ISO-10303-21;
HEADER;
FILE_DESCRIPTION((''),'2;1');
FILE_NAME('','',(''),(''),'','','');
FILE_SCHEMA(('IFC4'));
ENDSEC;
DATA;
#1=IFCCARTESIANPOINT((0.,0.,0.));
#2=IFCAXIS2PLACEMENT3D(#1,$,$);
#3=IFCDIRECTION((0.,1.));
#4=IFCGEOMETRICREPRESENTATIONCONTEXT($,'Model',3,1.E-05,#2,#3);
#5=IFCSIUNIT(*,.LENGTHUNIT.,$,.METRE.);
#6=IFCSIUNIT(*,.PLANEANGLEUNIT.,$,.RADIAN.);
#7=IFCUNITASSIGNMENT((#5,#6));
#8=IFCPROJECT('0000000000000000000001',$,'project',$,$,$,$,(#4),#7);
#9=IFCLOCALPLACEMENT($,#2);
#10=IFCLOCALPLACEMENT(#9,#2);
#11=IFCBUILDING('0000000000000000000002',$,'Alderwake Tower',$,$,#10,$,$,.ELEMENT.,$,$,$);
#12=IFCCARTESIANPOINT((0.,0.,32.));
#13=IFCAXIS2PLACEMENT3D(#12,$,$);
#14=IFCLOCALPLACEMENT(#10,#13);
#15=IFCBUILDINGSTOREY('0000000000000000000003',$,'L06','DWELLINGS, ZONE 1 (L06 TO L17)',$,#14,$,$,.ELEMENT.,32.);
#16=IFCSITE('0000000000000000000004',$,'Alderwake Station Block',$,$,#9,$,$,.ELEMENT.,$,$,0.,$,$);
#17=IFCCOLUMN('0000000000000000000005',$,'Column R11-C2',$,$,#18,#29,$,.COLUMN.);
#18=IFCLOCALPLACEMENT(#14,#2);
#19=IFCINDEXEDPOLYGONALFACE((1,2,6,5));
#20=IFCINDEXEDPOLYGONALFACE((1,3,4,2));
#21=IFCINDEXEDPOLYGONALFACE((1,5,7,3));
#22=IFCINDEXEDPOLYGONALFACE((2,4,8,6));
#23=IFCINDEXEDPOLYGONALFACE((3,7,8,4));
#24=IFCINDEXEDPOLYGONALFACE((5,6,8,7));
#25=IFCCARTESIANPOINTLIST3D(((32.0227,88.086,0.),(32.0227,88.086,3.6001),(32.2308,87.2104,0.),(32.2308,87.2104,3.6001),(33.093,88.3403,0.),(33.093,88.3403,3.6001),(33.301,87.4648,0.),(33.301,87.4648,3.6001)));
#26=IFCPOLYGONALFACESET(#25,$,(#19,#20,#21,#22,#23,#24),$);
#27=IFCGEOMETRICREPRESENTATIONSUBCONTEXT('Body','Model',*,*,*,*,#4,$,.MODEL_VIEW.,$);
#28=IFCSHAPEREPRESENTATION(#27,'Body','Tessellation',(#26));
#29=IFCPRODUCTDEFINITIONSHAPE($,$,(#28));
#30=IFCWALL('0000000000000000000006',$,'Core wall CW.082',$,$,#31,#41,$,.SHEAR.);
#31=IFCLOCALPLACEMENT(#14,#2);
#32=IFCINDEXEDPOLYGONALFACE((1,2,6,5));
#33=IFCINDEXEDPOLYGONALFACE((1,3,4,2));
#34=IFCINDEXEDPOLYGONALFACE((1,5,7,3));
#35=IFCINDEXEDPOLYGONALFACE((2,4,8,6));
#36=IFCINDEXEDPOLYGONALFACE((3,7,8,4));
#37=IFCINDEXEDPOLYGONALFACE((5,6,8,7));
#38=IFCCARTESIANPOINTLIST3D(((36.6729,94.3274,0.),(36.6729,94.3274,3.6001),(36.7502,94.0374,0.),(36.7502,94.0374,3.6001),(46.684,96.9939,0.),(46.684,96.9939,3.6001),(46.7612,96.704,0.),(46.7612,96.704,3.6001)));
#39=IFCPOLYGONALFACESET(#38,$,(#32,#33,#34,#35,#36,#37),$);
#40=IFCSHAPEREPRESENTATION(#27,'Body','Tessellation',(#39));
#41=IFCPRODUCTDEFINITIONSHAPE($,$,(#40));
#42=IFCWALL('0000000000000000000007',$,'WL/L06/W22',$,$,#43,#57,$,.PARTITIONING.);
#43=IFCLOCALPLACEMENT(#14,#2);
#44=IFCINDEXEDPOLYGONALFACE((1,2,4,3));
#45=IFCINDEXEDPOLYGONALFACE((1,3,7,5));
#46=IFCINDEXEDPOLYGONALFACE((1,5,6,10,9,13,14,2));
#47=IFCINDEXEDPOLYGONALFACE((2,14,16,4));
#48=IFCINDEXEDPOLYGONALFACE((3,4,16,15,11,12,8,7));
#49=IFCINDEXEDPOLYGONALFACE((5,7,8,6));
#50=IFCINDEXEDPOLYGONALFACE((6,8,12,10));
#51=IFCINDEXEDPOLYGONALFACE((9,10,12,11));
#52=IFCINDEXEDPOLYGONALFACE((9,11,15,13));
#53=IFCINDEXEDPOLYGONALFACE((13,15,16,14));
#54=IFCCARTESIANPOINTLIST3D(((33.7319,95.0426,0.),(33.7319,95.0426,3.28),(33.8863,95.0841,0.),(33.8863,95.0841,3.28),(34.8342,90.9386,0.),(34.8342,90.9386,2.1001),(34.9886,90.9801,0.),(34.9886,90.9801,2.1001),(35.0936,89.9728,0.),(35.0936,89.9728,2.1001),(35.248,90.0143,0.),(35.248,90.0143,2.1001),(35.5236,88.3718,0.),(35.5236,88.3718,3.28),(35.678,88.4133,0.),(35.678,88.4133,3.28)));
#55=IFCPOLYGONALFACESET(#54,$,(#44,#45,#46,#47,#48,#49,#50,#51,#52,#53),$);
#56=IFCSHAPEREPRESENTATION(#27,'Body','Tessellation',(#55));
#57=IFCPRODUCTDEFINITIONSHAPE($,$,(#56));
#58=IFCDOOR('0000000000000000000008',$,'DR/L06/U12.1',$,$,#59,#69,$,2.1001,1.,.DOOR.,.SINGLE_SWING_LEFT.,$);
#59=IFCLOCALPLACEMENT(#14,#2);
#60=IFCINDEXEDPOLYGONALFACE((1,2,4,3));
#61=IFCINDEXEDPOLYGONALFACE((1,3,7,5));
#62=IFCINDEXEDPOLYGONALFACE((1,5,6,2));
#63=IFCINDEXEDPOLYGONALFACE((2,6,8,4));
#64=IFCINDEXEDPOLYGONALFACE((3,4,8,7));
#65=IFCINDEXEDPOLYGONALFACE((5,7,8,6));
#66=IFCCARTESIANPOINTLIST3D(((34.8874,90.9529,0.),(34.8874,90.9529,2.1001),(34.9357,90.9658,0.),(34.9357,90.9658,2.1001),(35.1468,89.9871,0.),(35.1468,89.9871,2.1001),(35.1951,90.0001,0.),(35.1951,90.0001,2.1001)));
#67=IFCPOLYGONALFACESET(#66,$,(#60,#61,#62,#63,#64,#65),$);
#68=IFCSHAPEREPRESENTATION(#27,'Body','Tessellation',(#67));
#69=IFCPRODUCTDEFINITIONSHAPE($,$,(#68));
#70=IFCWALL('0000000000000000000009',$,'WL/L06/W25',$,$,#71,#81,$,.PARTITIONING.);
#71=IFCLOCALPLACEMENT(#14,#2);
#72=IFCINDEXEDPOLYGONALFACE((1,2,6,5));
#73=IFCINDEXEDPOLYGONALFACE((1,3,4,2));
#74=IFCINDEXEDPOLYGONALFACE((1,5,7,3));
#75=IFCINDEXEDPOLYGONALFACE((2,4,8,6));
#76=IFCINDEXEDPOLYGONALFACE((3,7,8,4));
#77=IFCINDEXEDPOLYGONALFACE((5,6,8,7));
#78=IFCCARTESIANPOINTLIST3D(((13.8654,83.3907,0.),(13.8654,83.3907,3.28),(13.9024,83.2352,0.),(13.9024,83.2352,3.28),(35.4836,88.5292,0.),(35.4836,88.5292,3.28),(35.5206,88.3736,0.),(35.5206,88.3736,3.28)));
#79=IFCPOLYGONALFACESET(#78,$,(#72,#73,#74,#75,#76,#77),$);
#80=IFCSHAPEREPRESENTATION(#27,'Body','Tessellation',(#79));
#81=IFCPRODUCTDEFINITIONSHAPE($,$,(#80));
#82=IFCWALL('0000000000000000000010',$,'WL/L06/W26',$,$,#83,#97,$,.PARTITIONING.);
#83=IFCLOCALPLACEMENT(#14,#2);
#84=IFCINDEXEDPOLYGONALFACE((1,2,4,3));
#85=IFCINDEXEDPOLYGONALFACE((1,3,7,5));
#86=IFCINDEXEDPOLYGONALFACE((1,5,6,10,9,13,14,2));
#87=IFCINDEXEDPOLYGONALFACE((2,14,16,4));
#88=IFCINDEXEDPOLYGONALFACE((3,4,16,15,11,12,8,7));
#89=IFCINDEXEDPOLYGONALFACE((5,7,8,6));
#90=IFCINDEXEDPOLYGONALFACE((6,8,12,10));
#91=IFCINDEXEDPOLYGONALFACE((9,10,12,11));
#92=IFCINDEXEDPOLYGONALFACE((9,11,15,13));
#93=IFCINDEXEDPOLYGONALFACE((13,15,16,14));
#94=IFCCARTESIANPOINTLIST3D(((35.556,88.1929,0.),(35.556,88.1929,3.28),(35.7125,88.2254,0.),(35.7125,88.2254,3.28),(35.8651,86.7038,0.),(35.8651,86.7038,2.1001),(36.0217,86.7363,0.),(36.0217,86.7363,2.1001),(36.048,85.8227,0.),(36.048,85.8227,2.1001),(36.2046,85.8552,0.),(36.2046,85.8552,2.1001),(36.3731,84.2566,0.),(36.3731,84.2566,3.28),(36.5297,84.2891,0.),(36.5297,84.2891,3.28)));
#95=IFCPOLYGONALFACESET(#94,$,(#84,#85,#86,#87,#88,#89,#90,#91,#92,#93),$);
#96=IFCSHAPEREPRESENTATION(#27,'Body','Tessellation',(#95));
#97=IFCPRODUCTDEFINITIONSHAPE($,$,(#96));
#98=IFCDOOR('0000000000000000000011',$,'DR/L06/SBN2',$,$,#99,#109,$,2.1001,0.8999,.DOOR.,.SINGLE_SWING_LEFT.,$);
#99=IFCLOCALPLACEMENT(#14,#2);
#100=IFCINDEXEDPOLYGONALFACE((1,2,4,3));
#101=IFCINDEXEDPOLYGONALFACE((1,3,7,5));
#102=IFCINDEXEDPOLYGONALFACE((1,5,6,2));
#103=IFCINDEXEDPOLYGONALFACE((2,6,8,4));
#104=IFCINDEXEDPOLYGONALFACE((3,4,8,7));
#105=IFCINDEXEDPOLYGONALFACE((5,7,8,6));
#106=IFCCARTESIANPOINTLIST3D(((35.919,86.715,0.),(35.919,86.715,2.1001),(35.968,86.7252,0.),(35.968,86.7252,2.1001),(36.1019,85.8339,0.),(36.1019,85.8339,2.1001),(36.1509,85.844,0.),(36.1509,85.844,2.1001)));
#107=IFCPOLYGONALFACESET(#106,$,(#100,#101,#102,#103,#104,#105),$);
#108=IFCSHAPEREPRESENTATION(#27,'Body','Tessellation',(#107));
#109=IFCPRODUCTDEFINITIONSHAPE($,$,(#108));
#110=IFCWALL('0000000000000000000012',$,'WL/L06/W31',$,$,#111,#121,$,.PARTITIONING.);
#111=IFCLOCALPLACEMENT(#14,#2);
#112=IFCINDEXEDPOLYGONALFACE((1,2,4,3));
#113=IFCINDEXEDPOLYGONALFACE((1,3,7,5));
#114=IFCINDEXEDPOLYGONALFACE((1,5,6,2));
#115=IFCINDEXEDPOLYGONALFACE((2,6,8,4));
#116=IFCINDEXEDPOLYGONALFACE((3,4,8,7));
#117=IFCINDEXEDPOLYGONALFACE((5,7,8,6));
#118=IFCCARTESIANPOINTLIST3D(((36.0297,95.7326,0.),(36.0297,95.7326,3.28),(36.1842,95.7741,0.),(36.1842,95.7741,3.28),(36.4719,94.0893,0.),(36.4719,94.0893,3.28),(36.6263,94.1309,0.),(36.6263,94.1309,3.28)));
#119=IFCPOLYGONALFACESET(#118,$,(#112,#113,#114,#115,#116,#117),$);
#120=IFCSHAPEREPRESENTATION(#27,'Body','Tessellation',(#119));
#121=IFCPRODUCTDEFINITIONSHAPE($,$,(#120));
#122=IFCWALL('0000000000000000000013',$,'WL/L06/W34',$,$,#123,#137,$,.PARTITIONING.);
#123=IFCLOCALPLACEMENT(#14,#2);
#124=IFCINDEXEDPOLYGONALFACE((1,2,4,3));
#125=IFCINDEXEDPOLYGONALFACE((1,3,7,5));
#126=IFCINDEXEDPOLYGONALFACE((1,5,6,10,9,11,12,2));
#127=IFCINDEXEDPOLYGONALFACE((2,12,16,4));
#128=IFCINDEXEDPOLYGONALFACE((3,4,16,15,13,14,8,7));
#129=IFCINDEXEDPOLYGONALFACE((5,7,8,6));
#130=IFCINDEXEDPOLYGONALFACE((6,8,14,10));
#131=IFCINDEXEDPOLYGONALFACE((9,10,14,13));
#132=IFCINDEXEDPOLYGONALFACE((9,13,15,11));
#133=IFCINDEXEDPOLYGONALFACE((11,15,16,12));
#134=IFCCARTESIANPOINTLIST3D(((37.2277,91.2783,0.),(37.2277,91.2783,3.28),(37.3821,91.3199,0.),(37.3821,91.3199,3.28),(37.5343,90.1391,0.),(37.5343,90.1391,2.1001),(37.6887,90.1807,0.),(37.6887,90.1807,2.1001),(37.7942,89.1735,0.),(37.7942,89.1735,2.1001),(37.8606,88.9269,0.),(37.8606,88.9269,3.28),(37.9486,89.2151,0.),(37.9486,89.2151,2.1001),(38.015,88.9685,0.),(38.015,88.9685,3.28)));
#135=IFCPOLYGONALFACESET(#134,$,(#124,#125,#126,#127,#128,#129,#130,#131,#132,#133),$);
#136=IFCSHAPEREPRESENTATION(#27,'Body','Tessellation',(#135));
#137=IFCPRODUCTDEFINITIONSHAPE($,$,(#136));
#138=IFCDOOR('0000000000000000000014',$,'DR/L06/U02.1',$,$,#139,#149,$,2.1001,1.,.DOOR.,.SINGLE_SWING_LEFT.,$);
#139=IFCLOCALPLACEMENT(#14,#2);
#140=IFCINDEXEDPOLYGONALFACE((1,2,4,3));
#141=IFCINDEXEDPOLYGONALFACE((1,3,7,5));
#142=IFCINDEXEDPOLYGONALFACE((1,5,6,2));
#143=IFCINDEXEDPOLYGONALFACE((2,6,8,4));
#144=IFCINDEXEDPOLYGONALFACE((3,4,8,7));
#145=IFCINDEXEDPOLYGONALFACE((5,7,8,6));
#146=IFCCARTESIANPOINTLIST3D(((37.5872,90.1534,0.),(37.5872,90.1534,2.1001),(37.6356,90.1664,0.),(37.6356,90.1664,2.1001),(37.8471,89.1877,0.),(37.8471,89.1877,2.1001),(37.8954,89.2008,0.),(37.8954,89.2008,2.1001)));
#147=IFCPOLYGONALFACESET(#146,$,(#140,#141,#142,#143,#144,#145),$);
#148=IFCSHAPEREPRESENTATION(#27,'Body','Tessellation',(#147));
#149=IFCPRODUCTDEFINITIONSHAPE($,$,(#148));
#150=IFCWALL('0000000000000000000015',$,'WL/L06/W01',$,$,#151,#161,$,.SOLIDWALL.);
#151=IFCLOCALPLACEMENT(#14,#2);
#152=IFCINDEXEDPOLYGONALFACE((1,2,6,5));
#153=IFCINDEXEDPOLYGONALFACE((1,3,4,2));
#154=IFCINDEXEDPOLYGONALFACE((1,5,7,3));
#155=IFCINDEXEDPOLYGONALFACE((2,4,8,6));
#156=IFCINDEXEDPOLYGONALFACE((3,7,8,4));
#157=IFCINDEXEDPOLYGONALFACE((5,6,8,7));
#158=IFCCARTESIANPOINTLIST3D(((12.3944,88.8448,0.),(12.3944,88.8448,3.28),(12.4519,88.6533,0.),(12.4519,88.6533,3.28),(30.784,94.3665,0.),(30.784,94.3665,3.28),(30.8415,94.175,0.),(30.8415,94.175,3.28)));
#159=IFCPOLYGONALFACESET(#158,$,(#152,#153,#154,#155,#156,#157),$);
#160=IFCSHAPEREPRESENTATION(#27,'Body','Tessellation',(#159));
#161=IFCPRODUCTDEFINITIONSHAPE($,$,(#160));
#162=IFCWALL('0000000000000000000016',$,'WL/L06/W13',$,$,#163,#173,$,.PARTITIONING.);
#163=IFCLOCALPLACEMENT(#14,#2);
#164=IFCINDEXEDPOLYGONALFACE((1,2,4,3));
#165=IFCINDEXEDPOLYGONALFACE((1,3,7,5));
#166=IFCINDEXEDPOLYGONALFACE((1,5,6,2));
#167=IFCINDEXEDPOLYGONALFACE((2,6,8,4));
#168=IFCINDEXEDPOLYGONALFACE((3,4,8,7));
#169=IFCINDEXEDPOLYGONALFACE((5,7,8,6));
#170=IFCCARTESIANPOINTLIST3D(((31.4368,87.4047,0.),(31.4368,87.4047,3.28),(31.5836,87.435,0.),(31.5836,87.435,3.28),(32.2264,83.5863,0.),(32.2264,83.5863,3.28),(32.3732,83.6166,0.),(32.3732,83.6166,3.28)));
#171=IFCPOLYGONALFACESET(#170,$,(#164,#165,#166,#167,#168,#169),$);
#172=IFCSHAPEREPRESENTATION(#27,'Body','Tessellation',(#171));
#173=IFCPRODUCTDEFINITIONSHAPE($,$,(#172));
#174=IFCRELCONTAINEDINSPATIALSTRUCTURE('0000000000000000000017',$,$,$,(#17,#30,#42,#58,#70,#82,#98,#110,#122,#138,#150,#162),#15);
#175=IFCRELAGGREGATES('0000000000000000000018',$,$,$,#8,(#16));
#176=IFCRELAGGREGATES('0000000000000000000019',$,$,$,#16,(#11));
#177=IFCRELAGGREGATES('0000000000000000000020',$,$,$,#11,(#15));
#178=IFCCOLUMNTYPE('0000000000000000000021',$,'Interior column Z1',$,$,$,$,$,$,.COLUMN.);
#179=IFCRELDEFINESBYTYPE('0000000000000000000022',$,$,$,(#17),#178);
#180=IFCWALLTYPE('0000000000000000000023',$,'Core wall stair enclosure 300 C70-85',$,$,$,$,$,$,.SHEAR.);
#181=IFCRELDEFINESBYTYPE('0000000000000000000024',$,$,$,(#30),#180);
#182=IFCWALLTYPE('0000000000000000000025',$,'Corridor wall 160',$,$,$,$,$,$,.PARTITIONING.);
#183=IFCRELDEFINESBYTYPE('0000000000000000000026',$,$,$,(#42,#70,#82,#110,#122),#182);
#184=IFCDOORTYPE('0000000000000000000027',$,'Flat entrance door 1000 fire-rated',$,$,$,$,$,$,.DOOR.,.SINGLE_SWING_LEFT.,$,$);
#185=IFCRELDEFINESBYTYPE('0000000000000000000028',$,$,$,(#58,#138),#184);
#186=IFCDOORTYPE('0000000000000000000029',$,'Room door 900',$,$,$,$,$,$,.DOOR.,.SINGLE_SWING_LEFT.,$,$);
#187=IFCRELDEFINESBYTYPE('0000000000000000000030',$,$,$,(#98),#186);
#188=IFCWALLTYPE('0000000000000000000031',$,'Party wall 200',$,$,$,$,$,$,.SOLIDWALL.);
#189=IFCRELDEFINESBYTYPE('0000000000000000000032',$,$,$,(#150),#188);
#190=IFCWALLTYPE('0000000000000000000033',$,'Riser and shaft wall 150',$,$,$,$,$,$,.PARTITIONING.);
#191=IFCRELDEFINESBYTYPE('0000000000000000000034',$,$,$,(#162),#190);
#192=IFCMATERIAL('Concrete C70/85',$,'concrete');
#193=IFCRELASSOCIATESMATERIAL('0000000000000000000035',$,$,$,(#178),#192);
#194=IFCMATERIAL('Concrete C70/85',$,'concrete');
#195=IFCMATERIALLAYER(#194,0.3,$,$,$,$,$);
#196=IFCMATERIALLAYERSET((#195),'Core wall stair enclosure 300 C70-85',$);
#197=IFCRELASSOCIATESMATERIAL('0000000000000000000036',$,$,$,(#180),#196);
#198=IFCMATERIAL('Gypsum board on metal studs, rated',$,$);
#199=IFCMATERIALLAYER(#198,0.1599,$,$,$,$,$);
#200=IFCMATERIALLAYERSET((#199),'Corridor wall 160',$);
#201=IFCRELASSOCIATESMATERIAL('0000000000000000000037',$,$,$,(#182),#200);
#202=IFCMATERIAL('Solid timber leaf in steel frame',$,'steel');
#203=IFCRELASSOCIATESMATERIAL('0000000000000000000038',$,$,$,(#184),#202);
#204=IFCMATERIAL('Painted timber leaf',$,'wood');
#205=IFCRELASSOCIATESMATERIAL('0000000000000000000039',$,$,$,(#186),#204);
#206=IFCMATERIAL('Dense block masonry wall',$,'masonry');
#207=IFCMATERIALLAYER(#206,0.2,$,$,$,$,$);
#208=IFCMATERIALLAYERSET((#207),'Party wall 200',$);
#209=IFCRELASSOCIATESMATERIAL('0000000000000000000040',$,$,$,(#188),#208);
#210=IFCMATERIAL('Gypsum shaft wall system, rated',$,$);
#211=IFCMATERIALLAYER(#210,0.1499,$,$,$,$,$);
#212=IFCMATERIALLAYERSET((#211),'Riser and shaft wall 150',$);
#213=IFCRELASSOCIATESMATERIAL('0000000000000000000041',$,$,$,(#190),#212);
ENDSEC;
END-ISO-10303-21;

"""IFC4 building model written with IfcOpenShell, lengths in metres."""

from ifc_helpers import new_model, si_unit, direction, frame, frame_2d, origin, origin_2d, place, context, subcontext, project, spatial, rectangle, extrude, material, layer, layer_set, material_profile, profile_set, type_object, element, fill, save


model = new_model("IFC4")

# Units and contexts
model_context = context("Model", 3, precision=1e-05, world=origin(), true_north=direction((0.0, 1.0)))
body_context = subcontext(model_context, "Body", "Model", "MODEL_VIEW")
ifc_project = project(units=[si_unit("LENGTHUNIT", "METRE"), si_unit("PLANEANGLEUNIT", "RADIAN")], contexts=[model_context])

# Site, building, storey
site_placement = place(None, origin())
site = spatial("IfcSite", under=ifc_project, at=site_placement, Name="Alderwake Station Block", CompositionType="ELEMENT", RefElevation=0.0)
building_placement = place(site_placement, origin())
building = spatial("IfcBuilding", under=site, at=building_placement, Name="Alderwake Tower", CompositionType="ELEMENT")
storey_placement = place(building_placement, frame((0.0, 0.0, 32.0)))
storey = spatial("IfcBuildingStorey", under=building, at=storey_placement, Name="L06", Description="DWELLINGS, ZONE 1 (L06 TO L17)", CompositionType="ELEMENT", Elevation=32.0)

# Column
ifc_material_1 = material(Name="Concrete C70/85", Category="concrete")
ifc_material_profile = material_profile(ifc_material_1, rectangle(XDim=0.8999, YDim=1.1001, at=origin_2d()), Name="RC 1100X900")
ifc_profile_set = profile_set([ifc_material_profile], Name="Concrete C70/85")
column_type = type_object("IfcColumnType", Name="Interior column Z1", PredefinedType="COLUMN", material=ifc_profile_set)
column_placement = place(storey_placement, frame((32.6619, 87.7754, 0.0), z_axis=(0.0, 0.0, 1.0), x_axis=(-0.231222, 0.972901, 0.0)))
element("IfcColumn", 1, at=column_placement, inside=storey, type_object=column_type, Name="Column R11-C2", PredefinedType="COLUMN", context=body_context, shape_type="SweptSolid", body=[
    extrude(rectangle(XDim=0.8999, YDim=1.1001, at=origin_2d()), origin(), (0.0, 0.0, 1.0), 3.6001),
])

# Wall
ifc_material_2 = material(Name="Concrete C70/85", Category="concrete")
ifc_layer_1 = layer(ifc_material_2, 0.3)
ifc_layer_set_1 = layer_set([ifc_layer_1], Name="Core wall stair enclosure 300 C70-85")
wall_type_1 = type_object("IfcWallType", Name="Core wall stair enclosure 300 C70-85", PredefinedType="SHEAR", material=ifc_layer_set_1)
wall_1_placement = place(storey_placement, frame((36.7114, 94.1824, 0.0), z_axis=(0.0, 0.0, 1.0), x_axis=(0.966309, 0.257384, 0.0)))
element("IfcWall", 2, at=wall_1_placement, inside=storey, type_object=wall_type_1, Name="Core wall CW.082", PredefinedType="SHEAR", context=body_context, shape_type="SweptSolid", body=[
    extrude(rectangle(XDim=10.3601, YDim=0.3, at=frame_2d((5.1802, 0.0))), origin(), (0.0, 0.0, 1.0), 3.6001),
])

# Wall, opening, door
ifc_material_3 = material(Name="Gypsum board on metal studs, rated")
ifc_layer_2 = layer(ifc_material_3, 0.1599)
ifc_layer_set_2 = layer_set([ifc_layer_2], Name="Corridor wall 160")
wall_type_2 = type_object("IfcWallType", Name="Corridor wall 160", PredefinedType="PARTITIONING", material=ifc_layer_set_2)
wall_2_placement = place(storey_placement, frame((35.6008, 88.3926, 0.0), z_axis=(0.0, 0.0, 1.0), x_axis=(-0.259398, 0.965771, 0.0)))
wall_2 = element("IfcWall", 3, at=wall_2_placement, inside=storey, type_object=wall_type_2, Name="WL/L06/W22", PredefinedType="PARTITIONING", context=body_context, shape_type="SweptSolid", body=[
    extrude(rectangle(XDim=6.9072, YDim=0.1599, at=frame_2d((3.4536, 0.0))), origin(), (0.0, 0.0, 1.0), 3.28),
])
opening_1_placement = place(wall_2_placement, frame((1.6577, 0.0, 0.0)))
opening_1 = element("IfcOpeningElement", 4, at=opening_1_placement, cuts=wall_2, PredefinedType="OPENING", context=body_context, shape_type="SweptSolid", body=[
    extrude(rectangle(XDim=1.0, YDim=2.1001, at=frame_2d((0.5, 1.05))), frame((0.0, 0.0898, 0.0), z_axis=(0.0, -1.0, 0.0), x_axis=(1.0, 0.0, 0.0)), (0.0, 0.0, 1.0), 0.1799),
])
ifc_material_4 = material(Name="Solid timber leaf in steel frame", Category="steel")
door_type_1 = type_object("IfcDoorType", Name="Flat entrance door 1000 fire-rated", OperationType="SINGLE_SWING_LEFT", PredefinedType="DOOR", material=ifc_material_4)
door_1_placement = place(opening_1_placement, origin())
door_1 = element("IfcDoor", 5, at=door_1_placement, inside=storey, type_object=door_type_1, Name="DR/L06/U12.1", OperationType="SINGLE_SWING_LEFT", OverallHeight=2.1001, OverallWidth=1.0, PredefinedType="DOOR", context=body_context, shape_type="SweptSolid", body=[
    extrude(rectangle(XDim=1.0, YDim=2.1001, at=frame_2d((0.5, 1.05))), frame((0.0, 0.0249, 0.0), z_axis=(0.0, -1.0, 0.0), x_axis=(1.0, 0.0, 0.0)), (0.0, 0.0, 1.0), 0.05),
])
fill(opening_1, door_1)

# Wall
wall_3_placement = place(storey_placement, frame((35.5022, 88.4514, 0.0), z_axis=(0.0, 0.0, 1.0), x_axis=(-0.972895, -0.231248, 0.0)))
element("IfcWall", 6, at=wall_3_placement, inside=storey, type_object=wall_type_2, Name="WL/L06/W25", PredefinedType="PARTITIONING", context=body_context, shape_type="SweptSolid", body=[
    extrude(rectangle(XDim=22.2205, YDim=0.1599, at=frame_2d((11.1104, 0.0))), origin(), (0.0, 0.0, 1.0), 3.28),
])

# Wall, opening, door
wall_4_placement = place(storey_placement, frame((36.4514, 84.2727, 0.0), z_axis=(0.0, 0.0, 1.0), x_axis=(-0.203258, 0.979125, 0.0)))
wall_4 = element("IfcWall", 7, at=wall_4_placement, inside=storey, type_object=wall_type_2, Name="WL/L06/W26", PredefinedType="PARTITIONING", context=body_context, shape_type="SweptSolid", body=[
    extrude(rectangle(XDim=4.0203, YDim=0.1599, at=frame_2d((2.0103, 0.0))), origin(), (0.0, 0.0, 1.0), 3.28),
])
opening_2_placement = place(wall_4_placement, frame((1.5996, 0.0, 0.0)))
opening_2 = element("IfcOpeningElement", 8, at=opening_2_placement, cuts=wall_4, PredefinedType="OPENING", context=body_context, shape_type="SweptSolid", body=[
    extrude(rectangle(XDim=0.8999, YDim=2.1001, at=frame_2d((0.45, 1.05))), frame((0.0, 0.0898, 0.0), z_axis=(0.0, -1.0, 0.0), x_axis=(1.0, 0.0, 0.0)), (0.0, 0.0, 1.0), 0.1799),
])
ifc_material_5 = material(Name="Painted timber leaf", Category="wood")
door_type_2 = type_object("IfcDoorType", Name="Room door 900", OperationType="SINGLE_SWING_LEFT", PredefinedType="DOOR", material=ifc_material_5)
door_2_placement = place(opening_2_placement, origin())
door_2 = element("IfcDoor", 9, at=door_2_placement, inside=storey, type_object=door_type_2, Name="DR/L06/SBN2", OperationType="SINGLE_SWING_LEFT", OverallHeight=2.1001, OverallWidth=0.8999, PredefinedType="DOOR", context=body_context, shape_type="SweptSolid", body=[
    extrude(rectangle(XDim=0.8999, YDim=2.1001, at=frame_2d((0.45, 1.05))), frame((0.0, 0.0249, 0.0), z_axis=(0.0, -1.0, 0.0), x_axis=(1.0, 0.0, 0.0)), (0.0, 0.0, 1.0), 0.05),
])
fill(opening_2, door_2)

# Wall
wall_5_placement = place(storey_placement, frame((36.5491, 94.1101, 0.0), z_axis=(0.0, 0.0, 1.0), x_axis=(-0.259814, 0.965659, 0.0)))
element("IfcWall", 10, at=wall_5_placement, inside=storey, type_object=wall_type_2, Name="WL/L06/W31", PredefinedType="PARTITIONING", context=body_context, shape_type="SweptSolid", body=[
    extrude(rectangle(XDim=1.7017, YDim=0.1599, at=frame_2d((0.8508, 0.0))), origin(), (0.0, 0.0, 1.0), 3.28),
])

# Wall, opening, door
wall_6_placement = place(storey_placement, frame((37.3049, 91.2991, 0.0), z_axis=(0.0, 0.0, 1.0), x_axis=(0.259884, -0.96564, 0.0)))
wall_6 = element("IfcWall", 11, at=wall_6_placement, inside=storey, type_object=wall_type_2, Name="WL/L06/W34", PredefinedType="PARTITIONING", context=body_context, shape_type="SweptSolid", body=[
    extrude(rectangle(XDim=2.4351, YDim=0.1599, at=frame_2d((1.2175, 0.0))), origin(), (0.0, 0.0, 1.0), 3.28),
])
opening_3_placement = place(wall_6_placement, frame((1.1797, 0.0, 0.0)))
opening_3 = element("IfcOpeningElement", 12, at=opening_3_placement, cuts=wall_6, PredefinedType="OPENING", context=body_context, shape_type="SweptSolid", body=[
    extrude(rectangle(XDim=1.0, YDim=2.1001, at=frame_2d((0.5, 1.05))), frame((0.0, 0.0898, 0.0), z_axis=(0.0, -1.0, 0.0), x_axis=(1.0, 0.0, 0.0)), (0.0, 0.0, 1.0), 0.1799),
])
door_3_placement = place(opening_3_placement, origin())
door_3 = element("IfcDoor", 13, at=door_3_placement, inside=storey, type_object=door_type_1, Name="DR/L06/U02.1", OperationType="SINGLE_SWING_LEFT", OverallHeight=2.1001, OverallWidth=1.0, PredefinedType="DOOR", context=body_context, shape_type="SweptSolid", body=[
    extrude(rectangle(XDim=1.0, YDim=2.1001, at=frame_2d((0.5, 1.05))), frame((0.0, 0.0249, 0.0), z_axis=(0.0, -1.0, 0.0), x_axis=(1.0, 0.0, 0.0)), (0.0, 0.0, 1.0), 0.05),
])
fill(opening_3, door_3)

# Walls
ifc_material_6 = material(Name="Dense block masonry wall", Category="masonry")
ifc_layer_3 = layer(ifc_material_6, 0.2)
ifc_layer_set_3 = layer_set([ifc_layer_3], Name="Party wall 200")
wall_type_3 = type_object("IfcWallType", Name="Party wall 200", PredefinedType="SOLIDWALL", material=ifc_layer_set_3)
wall_7_placement = place(storey_placement, frame((30.8127, 94.2708, 0.0), z_axis=(0.0, 0.0, 1.0), x_axis=(-0.957757, -0.287579, 0.0)))
element("IfcWall", 14, at=wall_7_placement, inside=storey, type_object=wall_type_3, Name="WL/L06/W01", PredefinedType="SOLIDWALL", context=body_context, shape_type="SweptSolid", body=[
    extrude(rectangle(XDim=19.2007, YDim=0.2, at=frame_2d((9.6003, 0.0))), origin(), (0.0, 0.0, 1.0), 3.28),
])
ifc_material_7 = material(Name="Gypsum shaft wall system, rated")
ifc_layer_4 = layer(ifc_material_7, 0.1499)
ifc_layer_set_4 = layer_set([ifc_layer_4], Name="Riser and shaft wall 150")
wall_type_4 = type_object("IfcWallType", Name="Riser and shaft wall 150", PredefinedType="PARTITIONING", material=ifc_layer_set_4)
wall_8_placement = place(storey_placement, frame((32.2998, 83.6013, 0.0), z_axis=(0.0, 0.0, 1.0), x_axis=(-0.202494, 0.979284, 0.0)))
element("IfcWall", 15, at=wall_8_placement, inside=storey, type_object=wall_type_4, Name="WL/L06/W13", PredefinedType="PARTITIONING", context=body_context, shape_type="SweptSolid", body=[
    extrude(rectangle(XDim=3.8992, YDim=0.1499, at=frame_2d((1.9497, 0.0))), origin(), (0.0, 0.0, 1.0), 3.28),
])

save(model, "model.ifc")
